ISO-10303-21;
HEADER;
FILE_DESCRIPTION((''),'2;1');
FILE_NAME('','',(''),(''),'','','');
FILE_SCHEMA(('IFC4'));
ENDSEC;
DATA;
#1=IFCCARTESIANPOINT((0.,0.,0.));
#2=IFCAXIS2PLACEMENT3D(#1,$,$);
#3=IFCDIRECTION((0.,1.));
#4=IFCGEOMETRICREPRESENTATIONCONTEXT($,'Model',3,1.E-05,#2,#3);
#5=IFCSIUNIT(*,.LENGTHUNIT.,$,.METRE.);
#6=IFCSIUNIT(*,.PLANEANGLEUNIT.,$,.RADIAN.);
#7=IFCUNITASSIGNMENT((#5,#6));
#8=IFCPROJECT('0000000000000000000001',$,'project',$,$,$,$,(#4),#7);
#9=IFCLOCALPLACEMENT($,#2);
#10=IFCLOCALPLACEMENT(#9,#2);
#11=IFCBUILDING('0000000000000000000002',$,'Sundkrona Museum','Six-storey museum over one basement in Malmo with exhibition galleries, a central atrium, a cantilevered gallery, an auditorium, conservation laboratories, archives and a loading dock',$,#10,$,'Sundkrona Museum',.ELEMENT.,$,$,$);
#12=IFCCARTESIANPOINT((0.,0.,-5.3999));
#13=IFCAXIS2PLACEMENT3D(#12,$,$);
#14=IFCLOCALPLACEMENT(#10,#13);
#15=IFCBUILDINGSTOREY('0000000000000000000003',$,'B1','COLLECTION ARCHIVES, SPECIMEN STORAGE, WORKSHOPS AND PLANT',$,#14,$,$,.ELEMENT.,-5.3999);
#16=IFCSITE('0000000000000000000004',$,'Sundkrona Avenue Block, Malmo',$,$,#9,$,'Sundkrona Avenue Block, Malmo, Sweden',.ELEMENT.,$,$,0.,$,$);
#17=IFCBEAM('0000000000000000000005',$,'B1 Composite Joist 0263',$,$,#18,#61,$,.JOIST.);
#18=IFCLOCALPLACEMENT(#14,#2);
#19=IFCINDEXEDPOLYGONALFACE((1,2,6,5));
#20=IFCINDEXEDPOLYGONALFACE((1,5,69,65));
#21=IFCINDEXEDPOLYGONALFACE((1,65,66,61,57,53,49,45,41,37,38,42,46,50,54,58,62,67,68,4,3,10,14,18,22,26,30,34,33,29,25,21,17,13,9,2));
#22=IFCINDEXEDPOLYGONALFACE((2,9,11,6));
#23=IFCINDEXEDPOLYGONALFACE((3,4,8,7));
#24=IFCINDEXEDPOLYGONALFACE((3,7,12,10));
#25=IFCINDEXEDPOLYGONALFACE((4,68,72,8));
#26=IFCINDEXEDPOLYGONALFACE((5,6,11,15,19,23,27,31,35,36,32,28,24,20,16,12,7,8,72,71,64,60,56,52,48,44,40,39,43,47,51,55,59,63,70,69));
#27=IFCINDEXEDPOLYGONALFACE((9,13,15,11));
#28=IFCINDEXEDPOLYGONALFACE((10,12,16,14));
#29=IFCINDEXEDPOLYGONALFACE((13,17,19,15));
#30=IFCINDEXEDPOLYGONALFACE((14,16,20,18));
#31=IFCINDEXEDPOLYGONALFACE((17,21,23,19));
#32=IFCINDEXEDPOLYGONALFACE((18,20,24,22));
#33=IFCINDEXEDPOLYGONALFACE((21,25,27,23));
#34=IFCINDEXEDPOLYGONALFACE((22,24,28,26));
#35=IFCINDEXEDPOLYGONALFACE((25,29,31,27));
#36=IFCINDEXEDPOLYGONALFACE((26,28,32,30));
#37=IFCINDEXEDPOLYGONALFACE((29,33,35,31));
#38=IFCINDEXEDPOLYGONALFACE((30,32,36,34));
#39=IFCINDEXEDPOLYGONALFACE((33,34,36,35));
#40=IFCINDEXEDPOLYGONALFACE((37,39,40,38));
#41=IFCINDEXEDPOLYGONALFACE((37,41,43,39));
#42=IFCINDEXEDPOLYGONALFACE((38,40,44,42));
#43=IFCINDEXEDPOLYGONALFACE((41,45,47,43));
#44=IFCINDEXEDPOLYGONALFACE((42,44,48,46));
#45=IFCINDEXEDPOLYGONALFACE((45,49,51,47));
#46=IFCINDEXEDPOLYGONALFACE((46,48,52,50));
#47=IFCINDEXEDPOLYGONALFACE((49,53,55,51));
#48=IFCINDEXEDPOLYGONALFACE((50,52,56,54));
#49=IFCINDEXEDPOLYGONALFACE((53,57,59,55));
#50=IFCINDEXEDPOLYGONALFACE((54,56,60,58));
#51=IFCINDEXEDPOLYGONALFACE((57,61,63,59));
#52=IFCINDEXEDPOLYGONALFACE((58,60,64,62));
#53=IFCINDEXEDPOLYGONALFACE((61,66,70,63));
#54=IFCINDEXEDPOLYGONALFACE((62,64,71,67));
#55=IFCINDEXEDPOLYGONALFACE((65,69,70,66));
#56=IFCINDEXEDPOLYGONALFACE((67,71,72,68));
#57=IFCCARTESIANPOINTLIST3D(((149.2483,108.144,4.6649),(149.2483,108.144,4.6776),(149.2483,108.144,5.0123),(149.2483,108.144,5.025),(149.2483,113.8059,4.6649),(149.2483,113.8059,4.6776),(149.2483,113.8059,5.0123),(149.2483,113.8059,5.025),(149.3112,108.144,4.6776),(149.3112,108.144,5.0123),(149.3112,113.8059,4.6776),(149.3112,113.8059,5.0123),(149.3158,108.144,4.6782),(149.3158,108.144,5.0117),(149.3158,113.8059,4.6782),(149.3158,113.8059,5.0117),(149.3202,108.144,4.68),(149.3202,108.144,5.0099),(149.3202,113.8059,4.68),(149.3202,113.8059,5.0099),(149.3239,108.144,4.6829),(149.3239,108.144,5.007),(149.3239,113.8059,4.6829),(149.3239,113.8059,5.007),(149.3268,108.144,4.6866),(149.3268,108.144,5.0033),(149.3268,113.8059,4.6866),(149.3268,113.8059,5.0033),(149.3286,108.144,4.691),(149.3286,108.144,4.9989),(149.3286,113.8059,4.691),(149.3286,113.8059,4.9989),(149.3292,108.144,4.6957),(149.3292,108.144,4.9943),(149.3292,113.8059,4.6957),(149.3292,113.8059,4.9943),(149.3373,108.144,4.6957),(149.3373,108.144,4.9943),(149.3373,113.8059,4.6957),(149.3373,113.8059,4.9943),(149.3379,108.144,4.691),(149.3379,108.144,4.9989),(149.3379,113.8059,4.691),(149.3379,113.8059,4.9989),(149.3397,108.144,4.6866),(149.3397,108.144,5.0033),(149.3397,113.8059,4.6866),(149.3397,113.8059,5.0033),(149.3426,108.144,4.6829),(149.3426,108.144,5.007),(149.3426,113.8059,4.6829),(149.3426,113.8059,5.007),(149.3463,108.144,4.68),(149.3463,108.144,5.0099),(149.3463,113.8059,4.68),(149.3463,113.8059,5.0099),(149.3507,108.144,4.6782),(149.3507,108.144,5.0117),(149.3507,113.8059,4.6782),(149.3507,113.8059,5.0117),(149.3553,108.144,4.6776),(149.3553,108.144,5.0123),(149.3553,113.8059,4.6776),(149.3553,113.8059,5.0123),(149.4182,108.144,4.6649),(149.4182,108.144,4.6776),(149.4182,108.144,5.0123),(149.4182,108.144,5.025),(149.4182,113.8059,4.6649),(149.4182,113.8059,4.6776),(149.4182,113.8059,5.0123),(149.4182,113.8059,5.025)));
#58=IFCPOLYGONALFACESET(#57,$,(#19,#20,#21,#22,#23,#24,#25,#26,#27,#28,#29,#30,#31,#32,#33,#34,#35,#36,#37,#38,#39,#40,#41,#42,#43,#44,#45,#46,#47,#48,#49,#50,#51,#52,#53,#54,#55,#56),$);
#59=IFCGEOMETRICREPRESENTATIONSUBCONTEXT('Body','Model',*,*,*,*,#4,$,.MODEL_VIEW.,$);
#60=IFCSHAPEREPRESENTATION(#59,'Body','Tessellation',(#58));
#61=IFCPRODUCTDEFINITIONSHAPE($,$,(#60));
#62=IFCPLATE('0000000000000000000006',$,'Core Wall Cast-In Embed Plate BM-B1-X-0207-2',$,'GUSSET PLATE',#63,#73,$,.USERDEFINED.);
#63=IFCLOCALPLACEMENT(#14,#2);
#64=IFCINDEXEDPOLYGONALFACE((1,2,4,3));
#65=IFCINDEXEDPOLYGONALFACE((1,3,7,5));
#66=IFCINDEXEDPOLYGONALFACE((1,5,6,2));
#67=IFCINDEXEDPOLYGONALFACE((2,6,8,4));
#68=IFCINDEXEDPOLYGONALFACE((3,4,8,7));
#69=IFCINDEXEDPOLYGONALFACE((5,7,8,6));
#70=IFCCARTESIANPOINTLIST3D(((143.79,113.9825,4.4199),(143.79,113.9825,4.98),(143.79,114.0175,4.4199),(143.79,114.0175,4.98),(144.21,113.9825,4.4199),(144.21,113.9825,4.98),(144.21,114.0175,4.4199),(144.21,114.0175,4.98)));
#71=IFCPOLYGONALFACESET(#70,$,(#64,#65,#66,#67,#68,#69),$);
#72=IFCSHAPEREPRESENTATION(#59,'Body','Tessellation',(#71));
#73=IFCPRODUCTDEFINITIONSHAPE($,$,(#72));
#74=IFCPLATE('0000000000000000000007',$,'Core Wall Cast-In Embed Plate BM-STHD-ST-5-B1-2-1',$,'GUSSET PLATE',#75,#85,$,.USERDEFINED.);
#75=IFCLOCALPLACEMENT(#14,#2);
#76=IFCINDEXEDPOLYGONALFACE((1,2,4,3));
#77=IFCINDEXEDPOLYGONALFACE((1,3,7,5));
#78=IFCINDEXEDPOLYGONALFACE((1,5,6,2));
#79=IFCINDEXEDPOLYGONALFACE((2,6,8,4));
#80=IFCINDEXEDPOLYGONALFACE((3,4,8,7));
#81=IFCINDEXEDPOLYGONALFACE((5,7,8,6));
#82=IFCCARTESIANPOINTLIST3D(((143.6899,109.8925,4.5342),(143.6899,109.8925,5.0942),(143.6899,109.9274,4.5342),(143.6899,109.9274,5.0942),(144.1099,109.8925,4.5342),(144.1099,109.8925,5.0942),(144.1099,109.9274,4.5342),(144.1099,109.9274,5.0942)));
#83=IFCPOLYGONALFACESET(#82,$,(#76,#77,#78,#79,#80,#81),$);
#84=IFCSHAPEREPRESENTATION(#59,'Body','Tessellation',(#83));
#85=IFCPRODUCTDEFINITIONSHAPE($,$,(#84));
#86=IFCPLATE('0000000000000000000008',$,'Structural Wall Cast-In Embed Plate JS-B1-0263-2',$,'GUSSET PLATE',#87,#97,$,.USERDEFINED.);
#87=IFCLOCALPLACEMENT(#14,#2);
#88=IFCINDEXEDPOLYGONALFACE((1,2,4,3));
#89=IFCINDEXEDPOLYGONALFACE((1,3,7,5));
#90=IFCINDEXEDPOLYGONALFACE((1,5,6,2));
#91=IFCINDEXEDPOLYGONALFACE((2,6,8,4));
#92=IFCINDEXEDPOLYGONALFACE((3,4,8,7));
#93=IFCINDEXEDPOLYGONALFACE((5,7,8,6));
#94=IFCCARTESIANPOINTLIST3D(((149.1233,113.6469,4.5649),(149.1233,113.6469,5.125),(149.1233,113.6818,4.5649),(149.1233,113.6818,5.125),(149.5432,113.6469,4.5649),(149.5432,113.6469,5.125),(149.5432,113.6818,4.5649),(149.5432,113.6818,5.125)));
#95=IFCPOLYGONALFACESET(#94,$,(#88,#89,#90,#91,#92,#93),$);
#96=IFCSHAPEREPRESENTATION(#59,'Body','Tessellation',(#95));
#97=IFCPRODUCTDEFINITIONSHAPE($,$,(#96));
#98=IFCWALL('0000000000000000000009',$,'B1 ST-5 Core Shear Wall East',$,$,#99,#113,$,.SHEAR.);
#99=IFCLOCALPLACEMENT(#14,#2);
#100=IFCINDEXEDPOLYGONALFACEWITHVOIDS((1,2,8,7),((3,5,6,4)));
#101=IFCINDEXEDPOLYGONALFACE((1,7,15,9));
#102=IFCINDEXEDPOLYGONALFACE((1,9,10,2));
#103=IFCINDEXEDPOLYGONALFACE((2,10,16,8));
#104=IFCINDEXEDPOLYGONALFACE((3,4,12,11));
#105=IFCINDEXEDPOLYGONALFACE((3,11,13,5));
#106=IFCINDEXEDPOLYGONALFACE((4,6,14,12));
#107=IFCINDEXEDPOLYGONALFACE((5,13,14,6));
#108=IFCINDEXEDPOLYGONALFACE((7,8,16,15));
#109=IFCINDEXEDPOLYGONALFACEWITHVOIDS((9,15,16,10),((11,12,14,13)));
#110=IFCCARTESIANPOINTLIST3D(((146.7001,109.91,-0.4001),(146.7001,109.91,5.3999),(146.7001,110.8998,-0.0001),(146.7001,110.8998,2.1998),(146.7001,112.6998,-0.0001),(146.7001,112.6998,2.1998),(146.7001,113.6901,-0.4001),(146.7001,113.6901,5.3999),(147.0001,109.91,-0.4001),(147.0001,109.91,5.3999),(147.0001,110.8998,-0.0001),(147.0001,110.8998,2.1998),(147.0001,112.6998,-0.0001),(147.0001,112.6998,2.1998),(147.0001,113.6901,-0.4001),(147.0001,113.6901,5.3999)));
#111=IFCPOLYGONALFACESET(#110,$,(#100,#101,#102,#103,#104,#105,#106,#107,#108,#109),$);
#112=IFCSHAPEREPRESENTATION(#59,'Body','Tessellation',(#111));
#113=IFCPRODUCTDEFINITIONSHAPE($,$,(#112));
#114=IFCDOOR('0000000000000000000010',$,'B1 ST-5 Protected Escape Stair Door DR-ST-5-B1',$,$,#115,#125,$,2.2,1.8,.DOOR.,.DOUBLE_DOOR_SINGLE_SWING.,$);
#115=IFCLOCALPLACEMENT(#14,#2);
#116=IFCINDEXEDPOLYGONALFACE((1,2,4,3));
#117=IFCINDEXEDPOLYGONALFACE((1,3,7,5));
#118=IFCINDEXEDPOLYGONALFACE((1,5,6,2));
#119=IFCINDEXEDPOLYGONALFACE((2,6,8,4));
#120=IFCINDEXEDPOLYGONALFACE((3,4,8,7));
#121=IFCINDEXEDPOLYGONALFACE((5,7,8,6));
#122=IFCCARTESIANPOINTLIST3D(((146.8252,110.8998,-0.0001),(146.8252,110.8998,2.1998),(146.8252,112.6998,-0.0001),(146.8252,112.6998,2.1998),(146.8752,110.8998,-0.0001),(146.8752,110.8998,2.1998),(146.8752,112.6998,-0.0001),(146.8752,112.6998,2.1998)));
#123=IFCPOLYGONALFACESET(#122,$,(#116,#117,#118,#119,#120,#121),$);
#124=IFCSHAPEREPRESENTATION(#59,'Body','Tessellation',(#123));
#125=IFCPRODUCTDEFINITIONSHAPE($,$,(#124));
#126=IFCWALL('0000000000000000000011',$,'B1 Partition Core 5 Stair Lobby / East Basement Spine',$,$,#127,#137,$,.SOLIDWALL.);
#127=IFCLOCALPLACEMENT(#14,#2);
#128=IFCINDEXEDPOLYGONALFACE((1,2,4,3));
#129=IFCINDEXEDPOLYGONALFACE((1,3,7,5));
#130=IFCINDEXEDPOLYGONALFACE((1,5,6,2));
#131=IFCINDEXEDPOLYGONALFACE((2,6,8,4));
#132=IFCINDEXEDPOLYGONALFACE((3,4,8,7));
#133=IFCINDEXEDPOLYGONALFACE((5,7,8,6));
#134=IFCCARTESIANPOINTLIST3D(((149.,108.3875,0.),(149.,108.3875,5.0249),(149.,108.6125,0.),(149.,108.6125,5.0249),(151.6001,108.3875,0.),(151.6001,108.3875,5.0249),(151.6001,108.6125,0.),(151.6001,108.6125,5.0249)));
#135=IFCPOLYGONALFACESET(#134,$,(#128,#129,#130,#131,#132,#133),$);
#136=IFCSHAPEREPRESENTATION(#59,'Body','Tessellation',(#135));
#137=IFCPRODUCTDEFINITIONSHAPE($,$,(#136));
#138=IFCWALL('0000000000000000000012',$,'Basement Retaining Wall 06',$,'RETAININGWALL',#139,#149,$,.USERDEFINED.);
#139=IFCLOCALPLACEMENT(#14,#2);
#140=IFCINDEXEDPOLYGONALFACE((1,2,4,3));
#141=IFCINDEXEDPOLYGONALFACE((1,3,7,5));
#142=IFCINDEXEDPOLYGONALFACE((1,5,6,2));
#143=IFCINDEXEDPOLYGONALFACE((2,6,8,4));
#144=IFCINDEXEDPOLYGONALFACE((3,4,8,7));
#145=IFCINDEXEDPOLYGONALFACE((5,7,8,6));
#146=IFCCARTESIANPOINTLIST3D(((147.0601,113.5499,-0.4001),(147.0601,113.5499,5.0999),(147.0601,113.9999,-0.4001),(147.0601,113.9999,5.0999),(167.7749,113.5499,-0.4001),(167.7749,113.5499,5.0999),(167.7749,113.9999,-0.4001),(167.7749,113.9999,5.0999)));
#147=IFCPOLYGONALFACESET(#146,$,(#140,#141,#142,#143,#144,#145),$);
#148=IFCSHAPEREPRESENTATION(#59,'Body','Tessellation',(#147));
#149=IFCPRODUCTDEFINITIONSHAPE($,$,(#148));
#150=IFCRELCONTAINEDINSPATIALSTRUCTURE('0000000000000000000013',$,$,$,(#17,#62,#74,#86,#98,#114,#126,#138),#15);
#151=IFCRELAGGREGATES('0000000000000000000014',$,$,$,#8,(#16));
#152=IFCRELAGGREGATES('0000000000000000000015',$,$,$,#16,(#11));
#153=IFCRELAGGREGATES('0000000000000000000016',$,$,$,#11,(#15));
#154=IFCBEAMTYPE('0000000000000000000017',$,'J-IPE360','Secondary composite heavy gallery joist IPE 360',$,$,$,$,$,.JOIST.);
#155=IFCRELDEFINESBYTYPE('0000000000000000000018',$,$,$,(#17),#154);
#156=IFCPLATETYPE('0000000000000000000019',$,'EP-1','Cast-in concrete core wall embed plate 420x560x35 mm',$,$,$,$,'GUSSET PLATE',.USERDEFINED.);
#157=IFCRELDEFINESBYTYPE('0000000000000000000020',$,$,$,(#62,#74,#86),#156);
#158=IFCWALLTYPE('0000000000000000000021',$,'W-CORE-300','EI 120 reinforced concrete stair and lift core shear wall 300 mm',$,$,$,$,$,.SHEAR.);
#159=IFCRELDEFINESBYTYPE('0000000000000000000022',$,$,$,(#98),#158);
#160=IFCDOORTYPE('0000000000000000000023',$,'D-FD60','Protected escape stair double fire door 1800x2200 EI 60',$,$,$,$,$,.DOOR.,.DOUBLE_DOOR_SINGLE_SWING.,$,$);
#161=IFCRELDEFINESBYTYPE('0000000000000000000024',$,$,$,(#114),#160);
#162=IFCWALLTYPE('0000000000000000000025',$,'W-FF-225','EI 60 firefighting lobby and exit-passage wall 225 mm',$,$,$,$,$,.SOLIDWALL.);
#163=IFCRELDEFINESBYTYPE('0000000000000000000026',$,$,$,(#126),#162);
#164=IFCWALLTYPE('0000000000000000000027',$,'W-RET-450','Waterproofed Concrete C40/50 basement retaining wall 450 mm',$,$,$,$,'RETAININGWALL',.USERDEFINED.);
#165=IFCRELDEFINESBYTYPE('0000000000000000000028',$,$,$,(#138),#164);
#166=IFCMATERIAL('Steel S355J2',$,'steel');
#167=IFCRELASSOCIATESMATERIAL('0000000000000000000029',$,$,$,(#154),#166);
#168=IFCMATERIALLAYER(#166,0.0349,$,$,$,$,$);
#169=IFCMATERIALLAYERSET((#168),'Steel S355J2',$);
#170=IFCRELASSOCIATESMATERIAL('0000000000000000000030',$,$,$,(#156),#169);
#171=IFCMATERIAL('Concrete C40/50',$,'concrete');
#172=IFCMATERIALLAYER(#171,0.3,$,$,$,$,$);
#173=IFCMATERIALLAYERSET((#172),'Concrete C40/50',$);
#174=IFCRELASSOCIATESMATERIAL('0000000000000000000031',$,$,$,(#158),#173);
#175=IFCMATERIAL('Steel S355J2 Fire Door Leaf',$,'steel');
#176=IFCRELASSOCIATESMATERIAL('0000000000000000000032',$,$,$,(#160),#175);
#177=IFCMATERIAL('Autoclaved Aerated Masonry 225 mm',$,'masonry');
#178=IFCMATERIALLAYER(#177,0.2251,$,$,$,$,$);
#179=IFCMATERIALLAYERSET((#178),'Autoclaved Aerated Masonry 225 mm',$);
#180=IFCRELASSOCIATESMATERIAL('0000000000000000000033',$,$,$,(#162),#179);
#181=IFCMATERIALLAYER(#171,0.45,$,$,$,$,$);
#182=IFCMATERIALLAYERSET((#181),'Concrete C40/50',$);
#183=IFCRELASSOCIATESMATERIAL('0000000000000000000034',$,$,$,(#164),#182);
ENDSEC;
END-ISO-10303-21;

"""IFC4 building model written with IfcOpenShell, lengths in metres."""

from ifc_helpers import new_model, si_unit, direction, frame, frame_2d, origin, origin_2d, place, context, subcontext, project, spatial, rectangle, i_section, extrude, material, layer, layer_set, material_profile, profile_set, type_object, element, fill, save


model = new_model("IFC4")

# Units and contexts
model_context = context("Model", 3, precision=1e-05, world=origin(), true_north=direction((0.0, 1.0)))
body_context = subcontext(model_context, "Body", "Model", "MODEL_VIEW")
ifc_project = project(units=[si_unit("LENGTHUNIT", "METRE"), si_unit("PLANEANGLEUNIT", "RADIAN")], contexts=[model_context])

# Site, building, storey
site_placement = place(None, origin())
site = spatial("IfcSite", under=ifc_project, at=site_placement, Name="Sundkrona Avenue Block, Malmo", LongName="Sundkrona Avenue Block, Malmo, Sweden", CompositionType="ELEMENT", RefElevation=0.0)
building_placement = place(site_placement, origin())
building = spatial("IfcBuilding", under=site, at=building_placement, Name="Sundkrona Museum", Description="Six-storey museum over one basement in Malmo with exhibition galleries, a central atrium, a cantilevered gallery, an auditorium, conservation laboratories, archives and a loading dock", LongName="Sundkrona Museum", CompositionType="ELEMENT")
storey_placement = place(building_placement, frame((0.0, 0.0, -5.3999)))
storey = spatial("IfcBuildingStorey", under=building, at=storey_placement, Name="B1", Description="COLLECTION ARCHIVES, SPECIMEN STORAGE, WORKSHOPS AND PLANT", CompositionType="ELEMENT", Elevation=-5.3999)

# Shared definitions
ifc_material_1 = material(Name="Concrete C40/50", Category="concrete")

# Beam
ifc_material_2 = material(Name="Steel S355J2", Category="steel")
ifc_material_profile_1 = material_profile(ifc_material_2, i_section(OverallWidth=0.1699, OverallDepth=0.3601, WebThickness=0.0081, FlangeThickness=0.0127, FilletRadius=0.0181, at=origin_2d()), Name="IPE 360")
ifc_profile_set_1 = profile_set([ifc_material_profile_1], Name="Steel S355J2")
beam_type_1 = type_object("IfcBeamType", Name="J-IPE360", Description="Secondary composite heavy gallery joist IPE 360", PredefinedType="JOIST", material=ifc_profile_set_1)
beam_1_placement = place(storey_placement, frame((149.3333, 108.144, 4.845), z_axis=(0.0, 1.0, 0.0), x_axis=(-1.0, 0.0, 0.0)))
element("IfcBeam", 1, at=beam_1_placement, inside=storey, type_object=beam_type_1, Name="B1 Composite Joist 0263", PredefinedType="JOIST", context=body_context, shape_type="SweptSolid", body=[
    extrude(i_section(OverallWidth=0.1699, OverallDepth=0.3601, WebThickness=0.0081, FlangeThickness=0.0127, FilletRadius=0.0181, at=origin_2d()), origin(), (0.0, 0.0, 1.0), 5.6619),
])

# Plates
ifc_layer_1 = layer(ifc_material_2, 0.0349)
ifc_layer_set_1 = layer_set([ifc_layer_1], Name="Steel S355J2")
plate_type = type_object("IfcPlateType", Name="EP-1", Description="Cast-in concrete core wall embed plate 420x560x35 mm", ElementType="GUSSET PLATE", PredefinedType="USERDEFINED", material=ifc_layer_set_1)
for number, where, z_axis, x_axis, name in (
    (2, (144.0, 114.0, 4.4199), (0.0, 0.0, 1.0), (1.0, 0.0, 0.0), "Core Wall Cast-In Embed Plate BM-B1-X-0207-2"),
    (3, (143.8999, 109.9099, 4.5342), (0.0, 0.0, 1.0), (1.0, 0.0, 0.0), "Core Wall Cast-In Embed Plate BM-STHD-ST-5-B1-2-1"),
    (4, (149.3333, 113.6643, 4.5649), (0.0, 0.0, 1.0), (1.0, 0.0, 0.0), "Structural Wall Cast-In Embed Plate JS-B1-0263-2"),
):
    element("IfcPlate", number, at=place(storey_placement, frame(where, z_axis=z_axis, x_axis=x_axis)), inside=storey, type_object=plate_type, Name=name, ObjectType="GUSSET PLATE", PredefinedType="USERDEFINED", context=body_context, shape_type="SweptSolid", body=[
        extrude(rectangle(XDim=0.4199, YDim=0.0349, at=origin_2d()), origin(), (0.0, 0.0, 1.0), 0.5601),
    ])

# Wall, opening, door
ifc_layer_2 = layer(ifc_material_1, 0.3)
ifc_layer_set_2 = layer_set([ifc_layer_2], Name="Concrete C40/50")
wall_type_1 = type_object("IfcWallType", Name="W-CORE-300", Description="EI 120 reinforced concrete stair and lift core shear wall 300 mm", PredefinedType="SHEAR", material=ifc_layer_set_2)
wall_1_placement = place(storey_placement, frame((146.8501, 109.9099, -0.4001), z_axis=(0.0, 0.0, 1.0), x_axis=(0.0, 1.0, 0.0)))
wall_1 = element("IfcWall", 5, at=wall_1_placement, inside=storey, type_object=wall_type_1, Name="B1 ST-5 Core Shear Wall East", PredefinedType="SHEAR", context=body_context, shape_type="SweptSolid", body=[
    extrude(rectangle(XDim=3.78, YDim=0.3, at=frame_2d((1.8901, 0.0))), origin(), (0.0, 0.0, 1.0), 5.8),
])
opening_placement = place(wall_1_placement, frame((0.99, 0.0, 0.3999)))
opening = element("IfcOpeningElement", 6, at=opening_placement, cuts=wall_1, PredefinedType="OPENING", context=body_context, shape_type="SweptSolid", body=[
    extrude(rectangle(XDim=1.8, YDim=2.2, at=frame_2d((0.8999, 1.1001))), frame((0.0, 0.1599, 0.0), z_axis=(0.0, -1.0, 0.0), x_axis=(1.0, 0.0, 0.0)), (0.0, 0.0, 1.0), 0.3201),
])
ifc_material_3 = material(Name="Steel S355J2 Fire Door Leaf", Category="steel")
door_type = type_object("IfcDoorType", Name="D-FD60", Description="Protected escape stair double fire door 1800x2200 EI 60", OperationType="DOUBLE_DOOR_SINGLE_SWING", PredefinedType="DOOR", material=ifc_material_3)
door_placement = place(opening_placement, origin())
door = element("IfcDoor", 7, at=door_placement, inside=storey, type_object=door_type, Name="B1 ST-5 Protected Escape Stair Door DR-ST-5-B1", OperationType="DOUBLE_DOOR_SINGLE_SWING", OverallHeight=2.2, OverallWidth=1.8, PredefinedType="DOOR", context=body_context, shape_type="SweptSolid", body=[
    extrude(rectangle(XDim=1.8, YDim=2.2, at=frame_2d((0.8999, 1.1001))), frame((0.0, 0.0249, 0.0), z_axis=(0.0, -1.0, 0.0), x_axis=(1.0, 0.0, 0.0)), (0.0, 0.0, 1.0), 0.05),
])
fill(opening, door)

# Walls
ifc_material_4 = material(Name="Autoclaved Aerated Masonry 225 mm", Category="masonry")
ifc_layer_3 = layer(ifc_material_4, 0.2251)
ifc_layer_set_3 = layer_set([ifc_layer_3], Name="Autoclaved Aerated Masonry 225 mm")
wall_type_2 = type_object("IfcWallType", Name="W-FF-225", Description="EI 60 firefighting lobby and exit-passage wall 225 mm", PredefinedType="SOLIDWALL", material=ifc_layer_set_3)
wall_2_placement = place(storey_placement, frame((149.0, 108.5, 0.0), z_axis=(0.0, 0.0, 1.0), x_axis=(1.0, 0.0, 0.0)))
element("IfcWall", 8, at=wall_2_placement, inside=storey, type_object=wall_type_2, Name="B1 Partition Core 5 Stair Lobby / East Basement Spine", PredefinedType="SOLIDWALL", context=body_context, shape_type="SweptSolid", body=[
    extrude(rectangle(XDim=2.6001, YDim=0.2251, at=frame_2d((1.3, 0.0))), origin(), (0.0, 0.0, 1.0), 5.0249),
])
ifc_layer_4 = layer(ifc_material_1, 0.45)
ifc_layer_set_4 = layer_set([ifc_layer_4], Name="Concrete C40/50")
wall_type_3 = type_object("IfcWallType", Name="W-RET-450", Description="Waterproofed Concrete C40/50 basement retaining wall 450 mm", ElementType="RETAININGWALL", PredefinedType="USERDEFINED", material=ifc_layer_set_4)
wall_3_placement = place(storey_placement, frame((147.0601, 113.7749, -0.4001), z_axis=(0.0, 0.0, 1.0), x_axis=(1.0, 0.0, 0.0)))
element("IfcWall", 9, at=wall_3_placement, inside=storey, type_object=wall_type_3, Name="Basement Retaining Wall 06", ObjectType="RETAININGWALL", PredefinedType="USERDEFINED", context=body_context, shape_type="SweptSolid", body=[
    extrude(rectangle(XDim=20.7148, YDim=0.45, at=frame_2d((10.3574, 0.0))), origin(), (0.0, 0.0, 1.0), 5.5),
])

save(model, "model.ifc")
